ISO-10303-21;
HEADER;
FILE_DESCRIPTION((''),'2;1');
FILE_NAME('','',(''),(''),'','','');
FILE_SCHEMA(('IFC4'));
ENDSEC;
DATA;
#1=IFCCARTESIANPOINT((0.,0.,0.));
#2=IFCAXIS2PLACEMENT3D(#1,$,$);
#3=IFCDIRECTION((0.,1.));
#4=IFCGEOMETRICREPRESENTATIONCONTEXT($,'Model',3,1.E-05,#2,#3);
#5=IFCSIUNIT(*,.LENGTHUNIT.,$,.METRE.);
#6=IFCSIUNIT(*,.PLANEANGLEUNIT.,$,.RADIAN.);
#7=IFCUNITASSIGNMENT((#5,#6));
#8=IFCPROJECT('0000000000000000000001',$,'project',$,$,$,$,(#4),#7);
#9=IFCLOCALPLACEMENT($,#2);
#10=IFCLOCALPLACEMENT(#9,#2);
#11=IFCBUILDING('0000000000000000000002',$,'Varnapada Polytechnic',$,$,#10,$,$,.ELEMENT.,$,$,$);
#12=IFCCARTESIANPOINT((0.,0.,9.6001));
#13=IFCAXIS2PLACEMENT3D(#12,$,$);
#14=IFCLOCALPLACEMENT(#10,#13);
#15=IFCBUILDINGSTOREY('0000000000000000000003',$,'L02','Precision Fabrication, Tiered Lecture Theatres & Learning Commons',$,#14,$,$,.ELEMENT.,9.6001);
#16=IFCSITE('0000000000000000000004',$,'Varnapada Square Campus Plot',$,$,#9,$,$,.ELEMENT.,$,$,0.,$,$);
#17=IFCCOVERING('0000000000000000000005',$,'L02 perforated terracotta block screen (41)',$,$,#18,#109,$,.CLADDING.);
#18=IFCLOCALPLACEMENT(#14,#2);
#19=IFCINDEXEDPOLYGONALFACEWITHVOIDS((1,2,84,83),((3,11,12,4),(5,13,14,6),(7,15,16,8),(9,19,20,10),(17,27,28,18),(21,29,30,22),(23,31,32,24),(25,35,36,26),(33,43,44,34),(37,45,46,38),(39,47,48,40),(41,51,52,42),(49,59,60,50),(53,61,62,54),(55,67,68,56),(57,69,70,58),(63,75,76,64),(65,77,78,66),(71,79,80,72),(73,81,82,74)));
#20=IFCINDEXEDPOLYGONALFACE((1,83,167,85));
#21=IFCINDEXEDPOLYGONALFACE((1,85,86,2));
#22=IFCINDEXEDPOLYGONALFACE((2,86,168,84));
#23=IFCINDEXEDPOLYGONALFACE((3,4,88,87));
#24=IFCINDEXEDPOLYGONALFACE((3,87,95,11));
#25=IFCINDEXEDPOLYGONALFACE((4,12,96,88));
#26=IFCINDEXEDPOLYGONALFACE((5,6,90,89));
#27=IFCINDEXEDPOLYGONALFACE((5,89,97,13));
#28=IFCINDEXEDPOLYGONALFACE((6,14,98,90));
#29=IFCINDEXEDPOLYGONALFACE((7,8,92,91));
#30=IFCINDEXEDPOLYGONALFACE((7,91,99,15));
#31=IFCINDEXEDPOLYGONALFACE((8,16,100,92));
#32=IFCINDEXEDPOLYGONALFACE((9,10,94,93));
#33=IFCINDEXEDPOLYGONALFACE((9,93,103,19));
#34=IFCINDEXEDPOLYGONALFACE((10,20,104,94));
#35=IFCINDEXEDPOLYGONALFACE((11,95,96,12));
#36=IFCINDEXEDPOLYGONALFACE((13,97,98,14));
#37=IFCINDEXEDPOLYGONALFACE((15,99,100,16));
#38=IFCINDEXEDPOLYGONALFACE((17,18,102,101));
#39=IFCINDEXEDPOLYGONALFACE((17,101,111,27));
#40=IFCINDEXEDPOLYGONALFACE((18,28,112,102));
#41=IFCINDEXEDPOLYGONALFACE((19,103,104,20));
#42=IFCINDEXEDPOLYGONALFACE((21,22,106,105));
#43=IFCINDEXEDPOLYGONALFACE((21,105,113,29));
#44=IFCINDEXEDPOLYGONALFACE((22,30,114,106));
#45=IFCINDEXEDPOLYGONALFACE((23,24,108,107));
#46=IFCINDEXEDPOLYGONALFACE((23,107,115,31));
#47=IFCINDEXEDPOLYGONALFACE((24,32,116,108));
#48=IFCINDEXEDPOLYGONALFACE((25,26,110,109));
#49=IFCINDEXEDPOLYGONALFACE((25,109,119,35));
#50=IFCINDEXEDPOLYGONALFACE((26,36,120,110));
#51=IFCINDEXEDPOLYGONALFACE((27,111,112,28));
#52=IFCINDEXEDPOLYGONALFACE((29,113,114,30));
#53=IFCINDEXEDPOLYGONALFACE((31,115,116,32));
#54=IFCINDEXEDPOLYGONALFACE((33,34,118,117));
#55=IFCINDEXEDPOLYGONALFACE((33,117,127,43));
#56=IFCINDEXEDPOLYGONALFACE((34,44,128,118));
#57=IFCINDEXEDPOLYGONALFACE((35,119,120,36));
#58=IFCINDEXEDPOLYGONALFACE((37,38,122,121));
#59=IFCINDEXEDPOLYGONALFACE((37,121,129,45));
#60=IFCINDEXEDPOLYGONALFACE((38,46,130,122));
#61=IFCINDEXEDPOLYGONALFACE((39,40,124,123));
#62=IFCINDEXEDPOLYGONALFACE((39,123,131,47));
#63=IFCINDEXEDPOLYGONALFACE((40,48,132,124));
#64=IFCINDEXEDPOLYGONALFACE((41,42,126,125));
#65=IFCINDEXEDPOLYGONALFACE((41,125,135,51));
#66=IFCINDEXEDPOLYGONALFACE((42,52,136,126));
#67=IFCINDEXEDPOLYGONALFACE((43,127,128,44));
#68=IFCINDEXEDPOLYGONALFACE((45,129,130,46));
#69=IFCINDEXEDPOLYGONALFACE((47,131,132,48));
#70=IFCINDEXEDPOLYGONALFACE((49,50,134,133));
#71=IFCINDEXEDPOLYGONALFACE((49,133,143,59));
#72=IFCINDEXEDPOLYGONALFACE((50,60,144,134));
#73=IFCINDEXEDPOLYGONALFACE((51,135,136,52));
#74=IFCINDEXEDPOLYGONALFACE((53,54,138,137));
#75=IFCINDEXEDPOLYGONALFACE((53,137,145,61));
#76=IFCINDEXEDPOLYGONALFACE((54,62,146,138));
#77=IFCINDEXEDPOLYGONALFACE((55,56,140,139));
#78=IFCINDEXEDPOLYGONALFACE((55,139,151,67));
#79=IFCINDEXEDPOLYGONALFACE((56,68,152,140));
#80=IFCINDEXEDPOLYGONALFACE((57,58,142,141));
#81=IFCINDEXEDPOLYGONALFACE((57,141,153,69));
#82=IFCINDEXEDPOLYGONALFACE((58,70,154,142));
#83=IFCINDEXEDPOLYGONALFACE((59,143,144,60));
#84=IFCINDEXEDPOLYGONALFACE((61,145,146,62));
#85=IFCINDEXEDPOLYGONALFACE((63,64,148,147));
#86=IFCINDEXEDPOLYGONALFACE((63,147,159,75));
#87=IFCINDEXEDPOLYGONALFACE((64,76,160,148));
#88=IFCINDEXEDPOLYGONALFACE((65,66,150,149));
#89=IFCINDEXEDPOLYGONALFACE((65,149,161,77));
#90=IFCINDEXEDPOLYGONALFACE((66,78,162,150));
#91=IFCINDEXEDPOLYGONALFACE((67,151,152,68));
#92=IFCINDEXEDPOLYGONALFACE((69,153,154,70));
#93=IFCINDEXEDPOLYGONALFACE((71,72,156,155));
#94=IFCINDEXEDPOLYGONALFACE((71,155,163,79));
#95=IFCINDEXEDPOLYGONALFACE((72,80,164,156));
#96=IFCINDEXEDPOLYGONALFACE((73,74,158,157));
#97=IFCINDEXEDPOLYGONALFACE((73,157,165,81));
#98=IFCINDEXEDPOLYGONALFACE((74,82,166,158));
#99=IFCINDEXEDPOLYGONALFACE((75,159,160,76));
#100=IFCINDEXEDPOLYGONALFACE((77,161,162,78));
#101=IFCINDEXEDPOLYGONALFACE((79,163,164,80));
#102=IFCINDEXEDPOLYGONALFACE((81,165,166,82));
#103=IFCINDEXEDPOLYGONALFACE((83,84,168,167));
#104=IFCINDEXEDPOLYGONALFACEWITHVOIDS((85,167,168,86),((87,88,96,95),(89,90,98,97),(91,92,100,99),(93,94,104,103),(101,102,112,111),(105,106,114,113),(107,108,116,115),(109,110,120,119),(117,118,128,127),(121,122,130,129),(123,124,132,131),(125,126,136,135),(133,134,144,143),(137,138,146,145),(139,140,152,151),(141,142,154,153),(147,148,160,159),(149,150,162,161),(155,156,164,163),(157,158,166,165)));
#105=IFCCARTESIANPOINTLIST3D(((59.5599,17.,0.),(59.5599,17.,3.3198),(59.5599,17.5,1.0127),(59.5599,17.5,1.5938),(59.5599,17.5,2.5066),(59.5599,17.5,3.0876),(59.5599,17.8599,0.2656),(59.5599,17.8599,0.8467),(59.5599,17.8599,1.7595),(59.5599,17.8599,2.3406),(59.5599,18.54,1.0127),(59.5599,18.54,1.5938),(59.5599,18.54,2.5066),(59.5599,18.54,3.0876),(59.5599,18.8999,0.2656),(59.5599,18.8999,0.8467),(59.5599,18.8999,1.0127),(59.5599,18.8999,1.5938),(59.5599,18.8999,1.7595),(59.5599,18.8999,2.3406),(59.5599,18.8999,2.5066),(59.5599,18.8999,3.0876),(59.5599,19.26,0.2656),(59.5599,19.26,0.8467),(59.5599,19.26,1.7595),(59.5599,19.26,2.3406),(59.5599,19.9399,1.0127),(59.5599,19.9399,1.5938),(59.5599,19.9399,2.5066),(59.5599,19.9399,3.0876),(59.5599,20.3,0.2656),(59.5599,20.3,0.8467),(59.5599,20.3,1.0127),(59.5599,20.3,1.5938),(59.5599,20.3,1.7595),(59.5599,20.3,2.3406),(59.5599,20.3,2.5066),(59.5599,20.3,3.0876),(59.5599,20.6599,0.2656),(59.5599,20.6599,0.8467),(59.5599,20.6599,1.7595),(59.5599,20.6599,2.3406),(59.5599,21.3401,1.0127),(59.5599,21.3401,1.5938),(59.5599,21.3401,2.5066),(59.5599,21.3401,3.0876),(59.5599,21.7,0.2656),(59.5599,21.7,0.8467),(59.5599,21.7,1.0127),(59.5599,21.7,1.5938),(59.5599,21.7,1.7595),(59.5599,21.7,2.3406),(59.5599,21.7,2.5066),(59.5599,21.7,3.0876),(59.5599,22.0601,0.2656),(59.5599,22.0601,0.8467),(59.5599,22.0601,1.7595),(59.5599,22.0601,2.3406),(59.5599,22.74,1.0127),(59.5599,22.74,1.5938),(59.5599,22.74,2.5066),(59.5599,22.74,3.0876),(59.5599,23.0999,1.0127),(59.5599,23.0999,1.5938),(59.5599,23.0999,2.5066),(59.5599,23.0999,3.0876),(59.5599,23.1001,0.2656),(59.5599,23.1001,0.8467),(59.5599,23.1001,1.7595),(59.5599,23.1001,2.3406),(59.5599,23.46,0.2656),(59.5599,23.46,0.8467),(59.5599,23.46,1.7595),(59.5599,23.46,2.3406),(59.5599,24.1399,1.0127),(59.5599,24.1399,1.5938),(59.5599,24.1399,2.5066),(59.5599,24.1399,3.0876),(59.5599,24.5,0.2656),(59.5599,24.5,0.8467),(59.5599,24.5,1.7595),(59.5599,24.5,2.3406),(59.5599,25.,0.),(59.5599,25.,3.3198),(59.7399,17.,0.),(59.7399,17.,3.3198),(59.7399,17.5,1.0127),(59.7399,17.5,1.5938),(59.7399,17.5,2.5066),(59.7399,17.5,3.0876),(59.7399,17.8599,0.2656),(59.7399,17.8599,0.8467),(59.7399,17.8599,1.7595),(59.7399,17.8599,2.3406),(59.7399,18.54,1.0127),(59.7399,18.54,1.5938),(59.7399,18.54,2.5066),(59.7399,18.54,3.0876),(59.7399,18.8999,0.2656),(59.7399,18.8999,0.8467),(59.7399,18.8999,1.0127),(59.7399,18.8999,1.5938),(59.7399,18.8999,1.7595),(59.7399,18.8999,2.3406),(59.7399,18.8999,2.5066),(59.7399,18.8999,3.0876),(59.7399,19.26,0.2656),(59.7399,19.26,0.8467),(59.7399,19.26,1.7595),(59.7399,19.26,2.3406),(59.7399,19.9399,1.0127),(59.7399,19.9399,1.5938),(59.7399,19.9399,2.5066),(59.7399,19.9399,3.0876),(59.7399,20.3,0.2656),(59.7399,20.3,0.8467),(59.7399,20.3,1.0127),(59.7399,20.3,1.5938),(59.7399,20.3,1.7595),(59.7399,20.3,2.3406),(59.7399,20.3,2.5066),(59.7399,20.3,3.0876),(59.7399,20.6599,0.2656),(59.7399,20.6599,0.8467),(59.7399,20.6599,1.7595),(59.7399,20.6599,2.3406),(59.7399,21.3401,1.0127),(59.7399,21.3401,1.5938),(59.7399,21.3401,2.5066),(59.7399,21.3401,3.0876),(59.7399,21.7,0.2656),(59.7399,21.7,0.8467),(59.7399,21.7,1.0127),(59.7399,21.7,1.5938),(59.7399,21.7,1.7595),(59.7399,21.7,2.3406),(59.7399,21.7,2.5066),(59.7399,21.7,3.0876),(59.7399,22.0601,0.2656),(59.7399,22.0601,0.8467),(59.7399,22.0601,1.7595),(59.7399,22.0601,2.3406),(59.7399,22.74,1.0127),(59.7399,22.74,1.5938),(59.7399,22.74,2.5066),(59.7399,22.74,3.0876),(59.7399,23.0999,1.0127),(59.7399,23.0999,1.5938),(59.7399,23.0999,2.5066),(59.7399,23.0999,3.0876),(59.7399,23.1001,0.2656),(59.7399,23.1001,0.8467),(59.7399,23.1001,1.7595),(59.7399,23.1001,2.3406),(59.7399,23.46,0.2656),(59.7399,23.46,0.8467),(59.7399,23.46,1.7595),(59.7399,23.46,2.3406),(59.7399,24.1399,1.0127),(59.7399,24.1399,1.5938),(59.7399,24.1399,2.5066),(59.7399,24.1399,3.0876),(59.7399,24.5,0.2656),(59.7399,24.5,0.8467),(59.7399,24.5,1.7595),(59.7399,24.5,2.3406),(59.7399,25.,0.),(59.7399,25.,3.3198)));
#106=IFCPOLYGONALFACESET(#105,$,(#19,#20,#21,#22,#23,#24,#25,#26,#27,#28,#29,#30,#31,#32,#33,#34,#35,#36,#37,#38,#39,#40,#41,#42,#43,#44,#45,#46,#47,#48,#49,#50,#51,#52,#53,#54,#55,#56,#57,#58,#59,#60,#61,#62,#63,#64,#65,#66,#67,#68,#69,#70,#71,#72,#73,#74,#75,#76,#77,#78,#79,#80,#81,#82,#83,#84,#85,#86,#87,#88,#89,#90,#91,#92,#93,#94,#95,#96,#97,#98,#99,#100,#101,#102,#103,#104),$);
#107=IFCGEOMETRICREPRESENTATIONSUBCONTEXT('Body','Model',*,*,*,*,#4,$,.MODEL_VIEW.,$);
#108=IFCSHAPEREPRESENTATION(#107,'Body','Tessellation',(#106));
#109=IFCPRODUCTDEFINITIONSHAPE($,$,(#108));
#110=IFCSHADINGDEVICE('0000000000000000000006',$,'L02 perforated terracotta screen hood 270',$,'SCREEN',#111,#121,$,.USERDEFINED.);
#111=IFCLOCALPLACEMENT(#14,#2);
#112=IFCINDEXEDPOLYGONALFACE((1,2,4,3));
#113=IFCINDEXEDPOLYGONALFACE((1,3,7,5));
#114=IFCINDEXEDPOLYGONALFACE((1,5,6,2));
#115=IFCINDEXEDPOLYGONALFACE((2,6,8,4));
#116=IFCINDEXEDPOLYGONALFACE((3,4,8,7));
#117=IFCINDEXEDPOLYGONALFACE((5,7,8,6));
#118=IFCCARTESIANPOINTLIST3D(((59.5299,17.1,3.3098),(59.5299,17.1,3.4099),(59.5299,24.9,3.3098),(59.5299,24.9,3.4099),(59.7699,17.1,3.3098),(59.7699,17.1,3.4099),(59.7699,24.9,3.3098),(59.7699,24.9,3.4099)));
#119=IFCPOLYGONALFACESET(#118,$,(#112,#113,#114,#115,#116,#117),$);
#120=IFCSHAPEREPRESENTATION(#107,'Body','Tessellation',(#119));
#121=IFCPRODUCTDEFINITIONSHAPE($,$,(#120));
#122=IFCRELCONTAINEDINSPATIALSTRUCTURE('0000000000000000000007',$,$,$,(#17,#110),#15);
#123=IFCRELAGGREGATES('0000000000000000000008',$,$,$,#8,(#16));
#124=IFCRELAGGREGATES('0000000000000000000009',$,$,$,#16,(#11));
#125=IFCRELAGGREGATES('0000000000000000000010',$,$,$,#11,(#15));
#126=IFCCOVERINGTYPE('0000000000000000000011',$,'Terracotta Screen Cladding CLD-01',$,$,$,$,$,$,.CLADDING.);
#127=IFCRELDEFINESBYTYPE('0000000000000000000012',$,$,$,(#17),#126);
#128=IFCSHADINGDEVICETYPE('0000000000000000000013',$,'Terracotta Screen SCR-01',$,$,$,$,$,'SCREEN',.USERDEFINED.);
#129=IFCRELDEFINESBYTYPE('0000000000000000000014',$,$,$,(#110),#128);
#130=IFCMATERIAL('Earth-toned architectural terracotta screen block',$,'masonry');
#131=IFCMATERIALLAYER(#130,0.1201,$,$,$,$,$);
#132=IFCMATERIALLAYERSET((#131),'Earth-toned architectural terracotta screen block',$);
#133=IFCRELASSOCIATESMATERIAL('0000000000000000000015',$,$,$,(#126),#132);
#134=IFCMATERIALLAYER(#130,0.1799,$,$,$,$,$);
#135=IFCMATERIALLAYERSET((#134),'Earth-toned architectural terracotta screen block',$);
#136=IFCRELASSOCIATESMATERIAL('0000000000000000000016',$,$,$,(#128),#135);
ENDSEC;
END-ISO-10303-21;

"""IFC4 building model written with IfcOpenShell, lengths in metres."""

from ifc_helpers import new_model, si_unit, direction, frame, frame_2d, origin, origin_2d, place, context, subcontext, project, spatial, rectangle, extrude, material, layer, layer_set, type_object, element, save


model = new_model("IFC4")

# Units and contexts
model_context = context("Model", 3, precision=1e-05, world=origin(), true_north=direction((0.0, 1.0)))
body_context = subcontext(model_context, "Body", "Model", "MODEL_VIEW")
ifc_project = project(units=[si_unit("LENGTHUNIT", "METRE"), si_unit("PLANEANGLEUNIT", "RADIAN")], contexts=[model_context])

# Site, building, storey
site_placement = place(None, origin())
site = spatial("IfcSite", under=ifc_project, at=site_placement, Name="Varnapada Square Campus Plot", CompositionType="ELEMENT", RefElevation=0.0)
building_placement = place(site_placement, origin())
building = spatial("IfcBuilding", under=site, at=building_placement, Name="Varnapada Polytechnic", CompositionType="ELEMENT")
storey_placement = place(building_placement, frame((0.0, 0.0, 9.6001)))
storey = spatial("IfcBuildingStorey", under=building, at=storey_placement, Name="L02", Description="Precision Fabrication, Tiered Lecture Theatres & Learning Commons", CompositionType="ELEMENT", Elevation=9.6001)

# Covering, openings
ifc_material_1 = material(Name="Earth-toned architectural terracotta screen block", Category="masonry")
ifc_layer_1 = layer(ifc_material_1, 0.1201)
ifc_layer_set_1 = layer_set([ifc_layer_1], Name="Earth-toned architectural terracotta screen block")
covering_type = type_object("IfcCoveringType", Name="Terracotta Screen Cladding CLD-01", PredefinedType="CLADDING", material=ifc_layer_set_1)
covering_placement = place(storey_placement, frame((59.6499, 25.0, 0.0), z_axis=(0.0, 0.0, 1.0), x_axis=(0.0, -1.0, 0.0)))
covering = element("IfcCovering", 1, at=covering_placement, inside=storey, type_object=covering_type, Name="L02 perforated terracotta block screen (41)", PredefinedType="CLADDING", context=body_context, shape_type="SweptSolid", body=[
    extrude(rectangle(XDim=8.0, YDim=0.1799, at=frame_2d((4.0, 0.0))), origin(), (0.0, 0.0, 1.0), 3.3198),
])
opening_1_placement = place(covering_placement, frame((0.5, 0.0, 0.2656)))
element("IfcOpeningElement", 2, at=opening_1_placement, cuts=covering, PredefinedType="OPENING", context=body_context, shape_type="SweptSolid", body=[
    extrude(rectangle(XDim=1.04, YDim=0.5811, at=frame_2d((0.52, 0.2905))), frame((0.0, 0.0999, 0.0), z_axis=(0.0, -1.0, 0.0), x_axis=(1.0, 0.0, 0.0)), (0.0, 0.0, 1.0), 0.2),
])
opening_2_placement = place(covering_placement, frame((1.8999, 0.0, 0.2656)))
element("IfcOpeningElement", 3, at=opening_2_placement, cuts=covering, PredefinedType="OPENING", context=body_context, shape_type="SweptSolid", body=[
    extrude(rectangle(XDim=1.04, YDim=0.5811, at=frame_2d((0.52, 0.2905))), frame((0.0, 0.0999, 0.0), z_axis=(0.0, -1.0, 0.0), x_axis=(1.0, 0.0, 0.0)), (0.0, 0.0, 1.0), 0.2),
])
opening_3_placement = place(covering_placement, frame((3.3, 0.0, 0.2656)))
element("IfcOpeningElement", 4, at=opening_3_placement, cuts=covering, PredefinedType="OPENING", context=body_context, shape_type="SweptSolid", body=[
    extrude(rectangle(XDim=1.04, YDim=0.5811, at=frame_2d((0.52, 0.2905))), frame((0.0, 0.0999, 0.0), z_axis=(0.0, -1.0, 0.0), x_axis=(1.0, 0.0, 0.0)), (0.0, 0.0, 1.0), 0.2),
])
opening_4_placement = place(covering_placement, frame((4.7, 0.0, 0.2656)))
element("IfcOpeningElement", 5, at=opening_4_placement, cuts=covering, PredefinedType="OPENING", context=body_context, shape_type="SweptSolid", body=[
    extrude(rectangle(XDim=1.04, YDim=0.5811, at=frame_2d((0.52, 0.2905))), frame((0.0, 0.0999, 0.0), z_axis=(0.0, -1.0, 0.0), x_axis=(1.0, 0.0, 0.0)), (0.0, 0.0, 1.0), 0.2),
])
opening_5_placement = place(covering_placement, frame((6.1001, 0.0, 0.2656)))
element("IfcOpeningElement", 6, at=opening_5_placement, cuts=covering, PredefinedType="OPENING", context=body_context, shape_type="SweptSolid", body=[
    extrude(rectangle(XDim=1.04, YDim=0.5811, at=frame_2d((0.52, 0.2905))), frame((0.0, 0.0999, 0.0), z_axis=(0.0, -1.0, 0.0), x_axis=(1.0, 0.0, 0.0)), (0.0, 0.0, 1.0), 0.2),
])
opening_6_placement = place(covering_placement, frame((0.8601, 0.0, 1.0127)))
element("IfcOpeningElement", 7, at=opening_6_placement, cuts=covering, PredefinedType="OPENING", context=body_context, shape_type="SweptSolid", body=[
    extrude(rectangle(XDim=1.04, YDim=0.5811, at=frame_2d((0.52, 0.2905))), frame((0.0, 0.0999, 0.0), z_axis=(0.0, -1.0, 0.0), x_axis=(1.0, 0.0, 0.0)), (0.0, 0.0, 1.0), 0.2),
])
opening_7_placement = place(covering_placement, frame((2.26, 0.0, 1.0127)))
element("IfcOpeningElement", 8, at=opening_7_placement, cuts=covering, PredefinedType="OPENING", context=body_context, shape_type="SweptSolid", body=[
    extrude(rectangle(XDim=1.04, YDim=0.5811, at=frame_2d((0.52, 0.2905))), frame((0.0, 0.0999, 0.0), z_axis=(0.0, -1.0, 0.0), x_axis=(1.0, 0.0, 0.0)), (0.0, 0.0, 1.0), 0.2),
])
opening_8_placement = place(covering_placement, frame((3.6599, 0.0, 1.0127)))
element("IfcOpeningElement", 9, at=opening_8_placement, cuts=covering, PredefinedType="OPENING", context=body_context, shape_type="SweptSolid", body=[
    extrude(rectangle(XDim=1.04, YDim=0.5811, at=frame_2d((0.52, 0.2905))), frame((0.0, 0.0999, 0.0), z_axis=(0.0, -1.0, 0.0), x_axis=(1.0, 0.0, 0.0)), (0.0, 0.0, 1.0), 0.2),
])
opening_9_placement = place(covering_placement, frame((5.0601, 0.0, 1.0127)))
element("IfcOpeningElement", 10, at=opening_9_placement, cuts=covering, PredefinedType="OPENING", context=body_context, shape_type="SweptSolid", body=[
    extrude(rectangle(XDim=1.04, YDim=0.5811, at=frame_2d((0.52, 0.2905))), frame((0.0, 0.0999, 0.0), z_axis=(0.0, -1.0, 0.0), x_axis=(1.0, 0.0, 0.0)), (0.0, 0.0, 1.0), 0.2),
])
opening_10_placement = place(covering_placement, frame((6.46, 0.0, 1.0127)))
element("IfcOpeningElement", 11, at=opening_10_placement, cuts=covering, PredefinedType="OPENING", context=body_context, shape_type="SweptSolid", body=[
    extrude(rectangle(XDim=1.04, YDim=0.5811, at=frame_2d((0.52, 0.2905))), frame((0.0, 0.0999, 0.0), z_axis=(0.0, -1.0, 0.0), x_axis=(1.0, 0.0, 0.0)), (0.0, 0.0, 1.0), 0.2),
])
opening_11_placement = place(covering_placement, frame((0.5, 0.0, 1.7595)))
element("IfcOpeningElement", 12, at=opening_11_placement, cuts=covering, PredefinedType="OPENING", context=body_context, shape_type="SweptSolid", body=[
    extrude(rectangle(XDim=1.04, YDim=0.5811, at=frame_2d((0.52, 0.2905))), frame((0.0, 0.0999, 0.0), z_axis=(0.0, -1.0, 0.0), x_axis=(1.0, 0.0, 0.0)), (0.0, 0.0, 1.0), 0.2),
])
opening_12_placement = place(covering_placement, frame((1.8999, 0.0, 1.7595)))
element("IfcOpeningElement", 13, at=opening_12_placement, cuts=covering, PredefinedType="OPENING", context=body_context, shape_type="SweptSolid", body=[
    extrude(rectangle(XDim=1.04, YDim=0.5811, at=frame_2d((0.52, 0.2905))), frame((0.0, 0.0999, 0.0), z_axis=(0.0, -1.0, 0.0), x_axis=(1.0, 0.0, 0.0)), (0.0, 0.0, 1.0), 0.2),
])
opening_13_placement = place(covering_placement, frame((3.3, 0.0, 1.7595)))
element("IfcOpeningElement", 14, at=opening_13_placement, cuts=covering, PredefinedType="OPENING", context=body_context, shape_type="SweptSolid", body=[
    extrude(rectangle(XDim=1.04, YDim=0.5811, at=frame_2d((0.52, 0.2905))), frame((0.0, 0.0999, 0.0), z_axis=(0.0, -1.0, 0.0), x_axis=(1.0, 0.0, 0.0)), (0.0, 0.0, 1.0), 0.2),
])
opening_14_placement = place(covering_placement, frame((4.7, 0.0, 1.7595)))
element("IfcOpeningElement", 15, at=opening_14_placement, cuts=covering, PredefinedType="OPENING", context=body_context, shape_type="SweptSolid", body=[
    extrude(rectangle(XDim=1.04, YDim=0.5811, at=frame_2d((0.52, 0.2905))), frame((0.0, 0.0999, 0.0), z_axis=(0.0, -1.0, 0.0), x_axis=(1.0, 0.0, 0.0)), (0.0, 0.0, 1.0), 0.2),
])
opening_15_placement = place(covering_placement, frame((6.1001, 0.0, 1.7595)))
element("IfcOpeningElement", 16, at=opening_15_placement, cuts=covering, PredefinedType="OPENING", context=body_context, shape_type="SweptSolid", body=[
    extrude(rectangle(XDim=1.04, YDim=0.5811, at=frame_2d((0.52, 0.2905))), frame((0.0, 0.0999, 0.0), z_axis=(0.0, -1.0, 0.0), x_axis=(1.0, 0.0, 0.0)), (0.0, 0.0, 1.0), 0.2),
])
opening_16_placement = place(covering_placement, frame((0.8601, 0.0, 2.5066)))
element("IfcOpeningElement", 17, at=opening_16_placement, cuts=covering, PredefinedType="OPENING", context=body_context, shape_type="SweptSolid", body=[
    extrude(rectangle(XDim=1.04, YDim=0.5811, at=frame_2d((0.52, 0.2905))), frame((0.0, 0.0999, 0.0), z_axis=(0.0, -1.0, 0.0), x_axis=(1.0, 0.0, 0.0)), (0.0, 0.0, 1.0), 0.2),
])
opening_17_placement = place(covering_placement, frame((2.26, 0.0, 2.5066)))
element("IfcOpeningElement", 18, at=opening_17_placement, cuts=covering, PredefinedType="OPENING", context=body_context, shape_type="SweptSolid", body=[
    extrude(rectangle(XDim=1.04, YDim=0.5811, at=frame_2d((0.52, 0.2905))), frame((0.0, 0.0999, 0.0), z_axis=(0.0, -1.0, 0.0), x_axis=(1.0, 0.0, 0.0)), (0.0, 0.0, 1.0), 0.2),
])
opening_18_placement = place(covering_placement, frame((3.6599, 0.0, 2.5066)))
element("IfcOpeningElement", 19, at=opening_18_placement, cuts=covering, PredefinedType="OPENING", context=body_context, shape_type="SweptSolid", body=[
    extrude(rectangle(XDim=1.04, YDim=0.5811, at=frame_2d((0.52, 0.2905))), frame((0.0, 0.0999, 0.0), z_axis=(0.0, -1.0, 0.0), x_axis=(1.0, 0.0, 0.0)), (0.0, 0.0, 1.0), 0.2),
])
opening_19_placement = place(covering_placement, frame((5.0601, 0.0, 2.5066)))
element("IfcOpeningElement", 20, at=opening_19_placement, cuts=covering, PredefinedType="OPENING", context=body_context, shape_type="SweptSolid", body=[
    extrude(rectangle(XDim=1.04, YDim=0.5811, at=frame_2d((0.52, 0.2905))), frame((0.0, 0.0999, 0.0), z_axis=(0.0, -1.0, 0.0), x_axis=(1.0, 0.0, 0.0)), (0.0, 0.0, 1.0), 0.2),
])
opening_20_placement = place(covering_placement, frame((6.46, 0.0, 2.5066)))
element("IfcOpeningElement", 21, at=opening_20_placement, cuts=covering, PredefinedType="OPENING", context=body_context, shape_type="SweptSolid", body=[
    extrude(rectangle(XDim=1.04, YDim=0.5811, at=frame_2d((0.52, 0.2905))), frame((0.0, 0.0999, 0.0), z_axis=(0.0, -1.0, 0.0), x_axis=(1.0, 0.0, 0.0)), (0.0, 0.0, 1.0), 0.2),
])

# Shading device
ifc_layer_2 = layer(ifc_material_1, 0.1799)
ifc_layer_set_2 = layer_set([ifc_layer_2], Name="Earth-toned architectural terracotta screen block")
shading_device_type = type_object("IfcShadingDeviceType", Name="Terracotta Screen SCR-01", ElementType="SCREEN", PredefinedType="USERDEFINED", material=ifc_layer_set_2)
shading_device_placement = place(storey_placement, frame((59.6499, 21.0, 3.3098), z_axis=(0.0, 0.0, 1.0), x_axis=(0.0, -1.0, 0.0)))
element("IfcShadingDevice", 22, at=shading_device_placement, inside=storey, type_object=shading_device_type, Name="L02 perforated terracotta screen hood 270", ObjectType="SCREEN", PredefinedType="USERDEFINED", context=body_context, shape_type="SweptSolid", body=[
    extrude(rectangle(XDim=7.8, YDim=0.24, at=origin_2d()), origin(), (0.0, 0.0, 1.0), 0.1001),
])

save(model, "model.ifc")
